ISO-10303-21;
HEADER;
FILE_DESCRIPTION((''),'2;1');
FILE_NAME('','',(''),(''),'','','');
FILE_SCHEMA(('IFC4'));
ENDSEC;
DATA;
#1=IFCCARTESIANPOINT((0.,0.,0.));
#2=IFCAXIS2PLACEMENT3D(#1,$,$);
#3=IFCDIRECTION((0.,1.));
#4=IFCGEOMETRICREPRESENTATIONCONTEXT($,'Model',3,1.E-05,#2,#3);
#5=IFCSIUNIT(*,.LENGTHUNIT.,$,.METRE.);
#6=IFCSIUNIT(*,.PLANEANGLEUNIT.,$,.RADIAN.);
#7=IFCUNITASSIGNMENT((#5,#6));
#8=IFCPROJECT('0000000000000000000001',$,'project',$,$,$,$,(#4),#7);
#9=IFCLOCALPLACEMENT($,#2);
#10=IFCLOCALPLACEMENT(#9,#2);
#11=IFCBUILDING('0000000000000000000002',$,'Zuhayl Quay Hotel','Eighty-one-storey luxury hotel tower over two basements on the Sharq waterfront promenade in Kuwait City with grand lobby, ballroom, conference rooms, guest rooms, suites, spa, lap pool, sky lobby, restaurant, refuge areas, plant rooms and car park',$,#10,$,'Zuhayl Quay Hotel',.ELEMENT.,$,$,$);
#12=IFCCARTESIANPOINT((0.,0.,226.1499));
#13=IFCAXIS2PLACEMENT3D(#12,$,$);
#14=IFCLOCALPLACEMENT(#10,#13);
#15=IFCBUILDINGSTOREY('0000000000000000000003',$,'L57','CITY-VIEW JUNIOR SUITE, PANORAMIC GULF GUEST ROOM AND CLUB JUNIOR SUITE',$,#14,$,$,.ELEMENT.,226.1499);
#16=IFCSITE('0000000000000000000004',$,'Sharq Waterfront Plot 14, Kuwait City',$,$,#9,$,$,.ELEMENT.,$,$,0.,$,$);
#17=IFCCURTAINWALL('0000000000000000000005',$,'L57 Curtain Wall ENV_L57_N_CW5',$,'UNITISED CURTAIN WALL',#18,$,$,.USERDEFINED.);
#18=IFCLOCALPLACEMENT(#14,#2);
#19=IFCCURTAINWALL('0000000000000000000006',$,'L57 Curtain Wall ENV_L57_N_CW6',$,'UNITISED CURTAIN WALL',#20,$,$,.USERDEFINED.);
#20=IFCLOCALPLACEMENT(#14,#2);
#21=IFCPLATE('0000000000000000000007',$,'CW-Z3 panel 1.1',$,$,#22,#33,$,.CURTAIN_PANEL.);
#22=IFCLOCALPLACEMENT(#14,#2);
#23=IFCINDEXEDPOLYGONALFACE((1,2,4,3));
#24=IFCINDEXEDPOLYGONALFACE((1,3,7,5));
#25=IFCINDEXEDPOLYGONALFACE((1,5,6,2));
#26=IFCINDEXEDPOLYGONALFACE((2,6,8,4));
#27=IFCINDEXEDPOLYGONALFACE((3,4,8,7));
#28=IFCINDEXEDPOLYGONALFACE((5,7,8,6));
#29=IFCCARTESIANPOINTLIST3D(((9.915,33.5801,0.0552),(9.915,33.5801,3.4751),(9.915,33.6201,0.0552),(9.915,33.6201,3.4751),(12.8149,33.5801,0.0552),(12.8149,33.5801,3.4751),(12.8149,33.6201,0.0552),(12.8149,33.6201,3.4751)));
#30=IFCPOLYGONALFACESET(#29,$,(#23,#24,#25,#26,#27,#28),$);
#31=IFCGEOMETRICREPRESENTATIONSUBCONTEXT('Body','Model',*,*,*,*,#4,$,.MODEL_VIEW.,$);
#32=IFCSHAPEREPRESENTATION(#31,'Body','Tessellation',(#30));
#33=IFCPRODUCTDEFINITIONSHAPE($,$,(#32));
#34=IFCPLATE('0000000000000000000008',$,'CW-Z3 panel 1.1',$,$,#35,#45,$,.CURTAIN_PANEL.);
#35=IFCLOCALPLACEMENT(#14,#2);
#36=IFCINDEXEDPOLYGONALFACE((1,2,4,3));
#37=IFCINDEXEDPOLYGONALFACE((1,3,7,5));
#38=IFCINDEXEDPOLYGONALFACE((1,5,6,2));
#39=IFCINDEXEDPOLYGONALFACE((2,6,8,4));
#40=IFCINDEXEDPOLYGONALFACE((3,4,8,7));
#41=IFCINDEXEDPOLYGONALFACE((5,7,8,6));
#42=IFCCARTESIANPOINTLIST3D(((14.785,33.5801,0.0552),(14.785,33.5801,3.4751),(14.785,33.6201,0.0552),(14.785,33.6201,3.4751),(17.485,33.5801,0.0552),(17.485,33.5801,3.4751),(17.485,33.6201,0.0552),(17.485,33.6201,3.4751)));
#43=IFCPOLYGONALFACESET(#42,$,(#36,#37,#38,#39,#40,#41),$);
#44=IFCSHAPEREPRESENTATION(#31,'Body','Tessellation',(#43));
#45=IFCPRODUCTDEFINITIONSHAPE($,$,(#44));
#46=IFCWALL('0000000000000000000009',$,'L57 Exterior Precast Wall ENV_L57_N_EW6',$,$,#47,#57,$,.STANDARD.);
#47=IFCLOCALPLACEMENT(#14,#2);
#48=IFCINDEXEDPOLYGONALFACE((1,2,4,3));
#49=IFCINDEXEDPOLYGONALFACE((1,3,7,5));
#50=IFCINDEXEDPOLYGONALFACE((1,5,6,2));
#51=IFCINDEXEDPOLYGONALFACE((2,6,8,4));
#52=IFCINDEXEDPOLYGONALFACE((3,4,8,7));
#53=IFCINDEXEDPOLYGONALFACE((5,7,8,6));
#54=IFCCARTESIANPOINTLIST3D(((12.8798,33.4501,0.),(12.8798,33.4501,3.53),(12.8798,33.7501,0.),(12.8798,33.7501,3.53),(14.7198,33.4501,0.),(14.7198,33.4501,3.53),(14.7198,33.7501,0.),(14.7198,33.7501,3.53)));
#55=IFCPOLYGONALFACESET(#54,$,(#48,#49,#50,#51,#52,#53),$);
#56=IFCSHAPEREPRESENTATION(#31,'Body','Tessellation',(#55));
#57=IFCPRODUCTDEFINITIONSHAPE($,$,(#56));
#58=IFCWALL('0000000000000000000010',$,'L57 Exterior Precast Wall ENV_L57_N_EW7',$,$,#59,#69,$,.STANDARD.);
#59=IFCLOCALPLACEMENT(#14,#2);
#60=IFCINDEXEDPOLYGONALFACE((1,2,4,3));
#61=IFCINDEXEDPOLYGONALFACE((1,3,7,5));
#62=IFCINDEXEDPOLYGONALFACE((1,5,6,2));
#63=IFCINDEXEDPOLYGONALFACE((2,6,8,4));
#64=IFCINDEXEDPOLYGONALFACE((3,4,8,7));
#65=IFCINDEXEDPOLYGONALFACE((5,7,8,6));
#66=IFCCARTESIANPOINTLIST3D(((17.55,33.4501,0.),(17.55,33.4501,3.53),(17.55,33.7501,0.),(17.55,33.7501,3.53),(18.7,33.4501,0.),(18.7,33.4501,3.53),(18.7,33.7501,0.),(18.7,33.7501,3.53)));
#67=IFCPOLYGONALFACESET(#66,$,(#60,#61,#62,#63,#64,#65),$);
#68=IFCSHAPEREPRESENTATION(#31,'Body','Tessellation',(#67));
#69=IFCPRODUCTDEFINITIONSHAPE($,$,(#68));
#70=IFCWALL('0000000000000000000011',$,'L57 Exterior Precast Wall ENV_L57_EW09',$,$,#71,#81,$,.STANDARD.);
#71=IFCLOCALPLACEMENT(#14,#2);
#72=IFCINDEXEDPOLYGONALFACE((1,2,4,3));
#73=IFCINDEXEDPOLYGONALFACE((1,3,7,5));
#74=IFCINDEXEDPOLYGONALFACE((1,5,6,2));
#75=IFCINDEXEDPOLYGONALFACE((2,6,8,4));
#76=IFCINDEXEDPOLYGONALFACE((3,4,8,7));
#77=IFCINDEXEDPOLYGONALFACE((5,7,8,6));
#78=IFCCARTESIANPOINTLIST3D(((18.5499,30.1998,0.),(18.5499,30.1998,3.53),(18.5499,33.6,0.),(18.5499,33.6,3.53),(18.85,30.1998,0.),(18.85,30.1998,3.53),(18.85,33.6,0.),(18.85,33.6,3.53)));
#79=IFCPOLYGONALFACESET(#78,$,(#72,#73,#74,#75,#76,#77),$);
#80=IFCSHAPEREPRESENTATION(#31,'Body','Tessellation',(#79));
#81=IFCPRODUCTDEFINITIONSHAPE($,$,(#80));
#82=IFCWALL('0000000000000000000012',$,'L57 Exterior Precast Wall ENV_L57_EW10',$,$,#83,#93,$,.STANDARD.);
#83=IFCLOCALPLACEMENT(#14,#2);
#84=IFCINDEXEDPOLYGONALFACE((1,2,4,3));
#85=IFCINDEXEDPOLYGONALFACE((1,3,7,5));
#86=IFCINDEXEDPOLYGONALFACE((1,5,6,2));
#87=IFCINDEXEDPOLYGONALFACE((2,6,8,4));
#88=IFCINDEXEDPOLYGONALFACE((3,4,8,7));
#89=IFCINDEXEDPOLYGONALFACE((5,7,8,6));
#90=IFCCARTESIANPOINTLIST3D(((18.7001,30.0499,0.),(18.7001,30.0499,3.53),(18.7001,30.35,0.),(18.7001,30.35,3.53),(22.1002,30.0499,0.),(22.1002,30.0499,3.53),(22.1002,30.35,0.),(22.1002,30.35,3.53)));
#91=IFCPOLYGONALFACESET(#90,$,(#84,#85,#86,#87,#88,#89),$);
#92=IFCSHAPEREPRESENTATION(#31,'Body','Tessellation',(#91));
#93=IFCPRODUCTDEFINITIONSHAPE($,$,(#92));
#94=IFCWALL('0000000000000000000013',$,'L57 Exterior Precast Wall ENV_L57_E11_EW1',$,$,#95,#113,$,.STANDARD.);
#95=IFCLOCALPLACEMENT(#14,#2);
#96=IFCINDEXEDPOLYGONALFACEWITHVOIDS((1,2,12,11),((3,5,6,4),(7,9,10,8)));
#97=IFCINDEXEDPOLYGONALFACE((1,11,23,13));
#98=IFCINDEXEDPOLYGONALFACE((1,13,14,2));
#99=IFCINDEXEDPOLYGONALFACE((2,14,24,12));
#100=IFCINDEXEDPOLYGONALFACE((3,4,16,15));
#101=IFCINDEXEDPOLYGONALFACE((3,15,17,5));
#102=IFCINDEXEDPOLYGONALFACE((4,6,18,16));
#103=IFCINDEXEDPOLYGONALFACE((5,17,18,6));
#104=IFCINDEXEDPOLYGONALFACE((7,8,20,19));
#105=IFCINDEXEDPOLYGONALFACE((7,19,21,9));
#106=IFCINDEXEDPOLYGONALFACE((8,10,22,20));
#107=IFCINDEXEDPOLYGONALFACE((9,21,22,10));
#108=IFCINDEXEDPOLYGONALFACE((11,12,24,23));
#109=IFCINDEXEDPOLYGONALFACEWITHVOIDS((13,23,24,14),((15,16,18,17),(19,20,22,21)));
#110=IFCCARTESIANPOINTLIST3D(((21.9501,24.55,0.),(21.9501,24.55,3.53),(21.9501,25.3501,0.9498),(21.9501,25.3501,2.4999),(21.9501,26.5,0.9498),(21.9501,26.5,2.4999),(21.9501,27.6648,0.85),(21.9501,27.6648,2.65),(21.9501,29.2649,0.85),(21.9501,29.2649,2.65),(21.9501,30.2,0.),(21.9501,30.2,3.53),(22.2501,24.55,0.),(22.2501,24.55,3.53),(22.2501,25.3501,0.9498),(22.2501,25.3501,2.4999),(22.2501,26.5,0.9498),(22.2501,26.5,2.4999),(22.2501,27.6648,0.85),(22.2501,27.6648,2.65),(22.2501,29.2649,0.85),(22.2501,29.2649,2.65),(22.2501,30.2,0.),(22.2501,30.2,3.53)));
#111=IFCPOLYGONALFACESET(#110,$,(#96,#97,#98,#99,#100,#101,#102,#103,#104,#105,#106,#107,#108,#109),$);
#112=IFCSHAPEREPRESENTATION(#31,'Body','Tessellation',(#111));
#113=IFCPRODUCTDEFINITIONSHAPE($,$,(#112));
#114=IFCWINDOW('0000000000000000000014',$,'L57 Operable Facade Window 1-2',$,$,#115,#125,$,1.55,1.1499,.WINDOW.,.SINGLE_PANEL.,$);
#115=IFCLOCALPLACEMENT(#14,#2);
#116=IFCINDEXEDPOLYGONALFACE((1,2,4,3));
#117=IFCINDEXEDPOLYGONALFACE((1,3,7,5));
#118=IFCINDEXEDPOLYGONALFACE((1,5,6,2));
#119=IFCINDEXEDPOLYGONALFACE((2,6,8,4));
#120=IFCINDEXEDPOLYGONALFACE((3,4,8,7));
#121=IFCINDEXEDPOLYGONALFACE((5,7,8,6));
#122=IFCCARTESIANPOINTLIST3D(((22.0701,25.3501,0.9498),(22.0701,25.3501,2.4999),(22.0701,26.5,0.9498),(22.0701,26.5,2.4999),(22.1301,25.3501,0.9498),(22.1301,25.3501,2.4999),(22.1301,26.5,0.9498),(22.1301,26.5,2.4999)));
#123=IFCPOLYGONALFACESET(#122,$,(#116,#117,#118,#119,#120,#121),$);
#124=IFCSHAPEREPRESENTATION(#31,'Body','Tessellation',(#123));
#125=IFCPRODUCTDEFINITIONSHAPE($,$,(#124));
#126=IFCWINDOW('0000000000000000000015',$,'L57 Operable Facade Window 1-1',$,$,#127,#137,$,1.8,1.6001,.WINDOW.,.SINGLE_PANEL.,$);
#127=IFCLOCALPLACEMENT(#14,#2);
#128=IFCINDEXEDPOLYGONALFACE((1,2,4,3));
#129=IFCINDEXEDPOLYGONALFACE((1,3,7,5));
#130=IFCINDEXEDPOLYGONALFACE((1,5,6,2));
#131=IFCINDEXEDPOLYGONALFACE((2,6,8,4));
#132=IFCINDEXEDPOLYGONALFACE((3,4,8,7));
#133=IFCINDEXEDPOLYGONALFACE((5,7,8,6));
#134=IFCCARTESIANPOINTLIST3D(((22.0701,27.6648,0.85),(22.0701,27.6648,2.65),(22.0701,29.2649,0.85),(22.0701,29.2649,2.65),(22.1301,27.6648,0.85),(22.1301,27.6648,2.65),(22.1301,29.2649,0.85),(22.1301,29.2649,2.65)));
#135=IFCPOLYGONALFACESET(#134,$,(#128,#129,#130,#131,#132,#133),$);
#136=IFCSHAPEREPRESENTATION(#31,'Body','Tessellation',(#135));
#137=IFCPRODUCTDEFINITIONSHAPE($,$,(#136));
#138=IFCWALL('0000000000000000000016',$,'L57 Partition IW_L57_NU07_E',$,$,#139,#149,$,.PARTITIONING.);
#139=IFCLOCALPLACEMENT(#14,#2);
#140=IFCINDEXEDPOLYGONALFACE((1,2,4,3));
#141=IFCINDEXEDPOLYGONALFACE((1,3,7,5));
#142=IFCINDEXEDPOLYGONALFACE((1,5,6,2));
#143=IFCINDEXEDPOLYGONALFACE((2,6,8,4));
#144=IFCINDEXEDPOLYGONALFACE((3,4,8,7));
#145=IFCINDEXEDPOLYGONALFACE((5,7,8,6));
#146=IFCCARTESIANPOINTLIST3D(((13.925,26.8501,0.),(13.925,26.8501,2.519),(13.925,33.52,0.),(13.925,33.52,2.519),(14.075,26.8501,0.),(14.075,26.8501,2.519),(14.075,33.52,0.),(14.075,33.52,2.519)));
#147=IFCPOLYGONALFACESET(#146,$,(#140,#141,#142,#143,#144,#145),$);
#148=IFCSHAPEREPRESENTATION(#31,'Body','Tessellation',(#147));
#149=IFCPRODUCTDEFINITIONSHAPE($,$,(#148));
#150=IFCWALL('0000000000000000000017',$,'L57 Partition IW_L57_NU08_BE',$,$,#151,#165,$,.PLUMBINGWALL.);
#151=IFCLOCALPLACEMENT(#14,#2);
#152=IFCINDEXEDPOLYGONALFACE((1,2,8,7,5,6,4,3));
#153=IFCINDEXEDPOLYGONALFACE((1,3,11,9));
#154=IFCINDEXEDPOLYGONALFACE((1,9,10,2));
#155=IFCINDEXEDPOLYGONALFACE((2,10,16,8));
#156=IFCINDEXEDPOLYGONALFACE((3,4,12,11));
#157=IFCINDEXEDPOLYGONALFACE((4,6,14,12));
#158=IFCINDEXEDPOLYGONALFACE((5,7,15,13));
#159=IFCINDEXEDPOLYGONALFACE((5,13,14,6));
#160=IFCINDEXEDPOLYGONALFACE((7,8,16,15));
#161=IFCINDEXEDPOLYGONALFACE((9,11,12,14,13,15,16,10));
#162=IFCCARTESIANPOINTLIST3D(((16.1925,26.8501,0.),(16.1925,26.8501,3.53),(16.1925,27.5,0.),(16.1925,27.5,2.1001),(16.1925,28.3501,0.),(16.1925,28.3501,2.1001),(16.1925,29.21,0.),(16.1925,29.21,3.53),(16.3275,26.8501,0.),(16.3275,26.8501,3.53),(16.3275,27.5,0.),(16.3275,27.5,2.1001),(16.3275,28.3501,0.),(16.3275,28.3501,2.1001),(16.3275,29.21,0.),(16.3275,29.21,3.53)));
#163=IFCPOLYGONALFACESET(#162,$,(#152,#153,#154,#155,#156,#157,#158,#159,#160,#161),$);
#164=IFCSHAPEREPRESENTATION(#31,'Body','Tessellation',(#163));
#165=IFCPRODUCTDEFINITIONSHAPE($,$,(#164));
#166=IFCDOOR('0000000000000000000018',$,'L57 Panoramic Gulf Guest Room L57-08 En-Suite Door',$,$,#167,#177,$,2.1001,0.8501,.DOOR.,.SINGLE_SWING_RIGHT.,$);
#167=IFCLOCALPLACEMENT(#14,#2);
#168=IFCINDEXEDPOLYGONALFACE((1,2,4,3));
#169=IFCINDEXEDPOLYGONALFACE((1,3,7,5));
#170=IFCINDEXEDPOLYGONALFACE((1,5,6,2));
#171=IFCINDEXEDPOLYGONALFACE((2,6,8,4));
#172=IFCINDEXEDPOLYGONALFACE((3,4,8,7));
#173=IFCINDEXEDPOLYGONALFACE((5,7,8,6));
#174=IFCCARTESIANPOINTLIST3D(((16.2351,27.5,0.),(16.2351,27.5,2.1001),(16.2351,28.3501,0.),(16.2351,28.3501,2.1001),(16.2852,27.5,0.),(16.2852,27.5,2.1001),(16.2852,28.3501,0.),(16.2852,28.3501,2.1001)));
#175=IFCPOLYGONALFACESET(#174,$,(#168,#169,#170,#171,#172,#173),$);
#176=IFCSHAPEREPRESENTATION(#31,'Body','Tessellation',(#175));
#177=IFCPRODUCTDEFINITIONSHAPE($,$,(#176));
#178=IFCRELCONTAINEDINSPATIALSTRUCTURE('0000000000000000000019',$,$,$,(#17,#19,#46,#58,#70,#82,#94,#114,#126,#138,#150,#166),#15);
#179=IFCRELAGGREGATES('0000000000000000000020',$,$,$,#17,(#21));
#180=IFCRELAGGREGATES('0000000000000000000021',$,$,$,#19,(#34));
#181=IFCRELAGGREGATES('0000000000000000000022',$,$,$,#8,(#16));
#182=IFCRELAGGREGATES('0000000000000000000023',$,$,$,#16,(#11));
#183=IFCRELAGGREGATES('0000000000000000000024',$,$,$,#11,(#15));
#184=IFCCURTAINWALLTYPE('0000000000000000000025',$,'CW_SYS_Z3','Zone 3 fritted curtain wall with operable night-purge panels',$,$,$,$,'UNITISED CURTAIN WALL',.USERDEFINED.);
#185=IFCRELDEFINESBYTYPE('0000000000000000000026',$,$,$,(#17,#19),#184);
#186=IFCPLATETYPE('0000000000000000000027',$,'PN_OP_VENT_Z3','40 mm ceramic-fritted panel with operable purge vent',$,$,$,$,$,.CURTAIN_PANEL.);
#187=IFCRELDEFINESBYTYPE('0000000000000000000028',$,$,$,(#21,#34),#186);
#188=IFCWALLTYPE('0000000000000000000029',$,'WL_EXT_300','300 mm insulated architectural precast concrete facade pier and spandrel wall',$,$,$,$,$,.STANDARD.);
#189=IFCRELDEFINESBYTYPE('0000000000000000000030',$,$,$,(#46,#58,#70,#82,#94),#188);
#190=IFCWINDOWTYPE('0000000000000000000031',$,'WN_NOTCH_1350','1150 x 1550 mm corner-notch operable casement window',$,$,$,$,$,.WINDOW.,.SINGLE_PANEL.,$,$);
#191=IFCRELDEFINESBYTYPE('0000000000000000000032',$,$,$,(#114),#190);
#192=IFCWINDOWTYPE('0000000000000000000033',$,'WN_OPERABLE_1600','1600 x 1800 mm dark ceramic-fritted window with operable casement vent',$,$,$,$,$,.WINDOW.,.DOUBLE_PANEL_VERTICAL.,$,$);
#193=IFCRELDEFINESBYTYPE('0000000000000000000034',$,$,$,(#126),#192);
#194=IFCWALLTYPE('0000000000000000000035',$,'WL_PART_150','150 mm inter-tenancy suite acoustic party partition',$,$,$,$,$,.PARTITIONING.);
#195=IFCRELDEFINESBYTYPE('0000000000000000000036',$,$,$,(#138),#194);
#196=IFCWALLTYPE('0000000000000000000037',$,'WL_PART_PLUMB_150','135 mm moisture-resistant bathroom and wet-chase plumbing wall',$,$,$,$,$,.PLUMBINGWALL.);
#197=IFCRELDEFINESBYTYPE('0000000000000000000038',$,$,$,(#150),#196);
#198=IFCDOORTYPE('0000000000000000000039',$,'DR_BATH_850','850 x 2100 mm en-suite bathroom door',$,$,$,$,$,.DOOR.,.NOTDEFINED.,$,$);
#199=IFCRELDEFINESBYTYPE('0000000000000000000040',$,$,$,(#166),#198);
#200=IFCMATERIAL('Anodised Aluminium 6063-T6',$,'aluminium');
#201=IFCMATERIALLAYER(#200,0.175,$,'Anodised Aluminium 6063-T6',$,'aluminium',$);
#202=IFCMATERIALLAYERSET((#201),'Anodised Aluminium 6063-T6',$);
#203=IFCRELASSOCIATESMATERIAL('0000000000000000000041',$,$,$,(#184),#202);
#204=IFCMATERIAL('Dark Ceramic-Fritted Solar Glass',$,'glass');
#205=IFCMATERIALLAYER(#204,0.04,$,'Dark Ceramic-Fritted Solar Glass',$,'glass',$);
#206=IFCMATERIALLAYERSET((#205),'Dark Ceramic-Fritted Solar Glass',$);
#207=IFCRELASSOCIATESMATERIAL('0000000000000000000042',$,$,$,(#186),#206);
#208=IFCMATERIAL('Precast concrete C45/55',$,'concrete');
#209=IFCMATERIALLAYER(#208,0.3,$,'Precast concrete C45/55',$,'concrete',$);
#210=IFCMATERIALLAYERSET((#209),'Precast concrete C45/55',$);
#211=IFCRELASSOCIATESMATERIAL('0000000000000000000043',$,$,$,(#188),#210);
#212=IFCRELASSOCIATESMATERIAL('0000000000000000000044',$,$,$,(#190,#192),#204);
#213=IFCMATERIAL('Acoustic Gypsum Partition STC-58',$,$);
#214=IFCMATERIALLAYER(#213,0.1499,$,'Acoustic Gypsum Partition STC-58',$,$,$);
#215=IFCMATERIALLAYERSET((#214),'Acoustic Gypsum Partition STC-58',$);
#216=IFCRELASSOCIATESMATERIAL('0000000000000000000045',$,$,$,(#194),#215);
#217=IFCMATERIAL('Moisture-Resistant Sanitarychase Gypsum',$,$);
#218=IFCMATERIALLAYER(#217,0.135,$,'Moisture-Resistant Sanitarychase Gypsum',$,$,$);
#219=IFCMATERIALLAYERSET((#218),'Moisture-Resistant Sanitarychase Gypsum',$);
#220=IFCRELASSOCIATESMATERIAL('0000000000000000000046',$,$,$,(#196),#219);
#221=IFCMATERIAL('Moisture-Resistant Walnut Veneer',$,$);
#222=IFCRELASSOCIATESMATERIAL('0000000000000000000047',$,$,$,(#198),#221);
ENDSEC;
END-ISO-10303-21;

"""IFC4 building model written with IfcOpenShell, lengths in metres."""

from ifc_helpers import new_model, si_unit, direction, frame, frame_2d, origin, origin_2d, place, context, subcontext, project, spatial, rectangle, extrude, material, layer, layer_set, type_object, element, fill, aggregate, save


model = new_model("IFC4")

# Units and contexts
model_context = context("Model", 3, precision=1e-05, world=origin(), true_north=direction((0.0, 1.0)))
body_context = subcontext(model_context, "Body", "Model", "MODEL_VIEW")
ifc_project = project(units=[si_unit("LENGTHUNIT", "METRE"), si_unit("PLANEANGLEUNIT", "RADIAN")], contexts=[model_context])

# Site, building, storey
site_placement = place(None, origin())
site = spatial("IfcSite", under=ifc_project, at=site_placement, Name="Sharq Waterfront Plot 14, Kuwait City", CompositionType="ELEMENT", RefElevation=0.0)
building_placement = place(site_placement, origin())
building = spatial("IfcBuilding", under=site, at=building_placement, Name="Zuhayl Quay Hotel", Description="Eighty-one-storey luxury hotel tower over two basements on the Sharq waterfront promenade in Kuwait City with grand lobby, ballroom, conference rooms, guest rooms, suites, spa, lap pool, sky lobby, restaurant, refuge areas, plant rooms and car park", LongName="Zuhayl Quay Hotel", CompositionType="ELEMENT")
storey_placement = place(building_placement, frame((0.0, 0.0, 226.1499)))
storey = spatial("IfcBuildingStorey", under=building, at=storey_placement, Name="L57", Description="CITY-VIEW JUNIOR SUITE, PANORAMIC GULF GUEST ROOM AND CLUB JUNIOR SUITE", CompositionType="ELEMENT", Elevation=226.1499)

# Curtain walls
ifc_material_1 = material(Name="Anodised Aluminium 6063-T6", Category="aluminium")
ifc_layer_1 = layer(ifc_material_1, 0.175, Name="Anodised Aluminium 6063-T6", Category="aluminium")
ifc_layer_set_1 = layer_set([ifc_layer_1], Name="Anodised Aluminium 6063-T6")
curtain_wall_type = type_object("IfcCurtainWallType", Name="CW_SYS_Z3", Description="Zone 3 fritted curtain wall with operable night-purge panels", ElementType="UNITISED CURTAIN WALL", PredefinedType="USERDEFINED", material=ifc_layer_set_1)
curtain_wall_1_placement = place(storey_placement, origin())
curtain_wall_1 = element("IfcCurtainWall", 1, at=curtain_wall_1_placement, inside=storey, type_object=curtain_wall_type, Name="L57 Curtain Wall ENV_L57_N_CW5", ObjectType="UNITISED CURTAIN WALL", PredefinedType="USERDEFINED")
curtain_wall_2_placement = place(storey_placement, origin())
curtain_wall_2 = element("IfcCurtainWall", 2, at=curtain_wall_2_placement, inside=storey, type_object=curtain_wall_type, Name="L57 Curtain Wall ENV_L57_N_CW6", ObjectType="UNITISED CURTAIN WALL", PredefinedType="USERDEFINED")

# Plates
ifc_material_2 = material(Name="Dark Ceramic-Fritted Solar Glass", Category="glass")
ifc_layer_2 = layer(ifc_material_2, 0.04, Name="Dark Ceramic-Fritted Solar Glass", Category="glass")
ifc_layer_set_2 = layer_set([ifc_layer_2], Name="Dark Ceramic-Fritted Solar Glass")
plate_type = type_object("IfcPlateType", Name="PN_OP_VENT_Z3", Description="40 mm ceramic-fritted panel with operable purge vent", PredefinedType="CURTAIN_PANEL", material=ifc_layer_set_2)
plate_1_placement = place(storey_placement, frame((11.365, 33.6001, 0.0552), z_axis=(0.0, 0.0, 1.0), x_axis=(1.0, 0.0, 0.0)))
plate_1 = element("IfcPlate", 3, at=plate_1_placement, type_object=plate_type, Name="CW-Z3 panel 1.1", PredefinedType="CURTAIN_PANEL", context=body_context, shape_type="SweptSolid", body=[
    extrude(rectangle(XDim=2.8999, YDim=0.04, at=origin_2d()), origin(), (0.0, 0.0, 1.0), 3.4199),
])
aggregate(curtain_wall_1, [plate_1])
plate_2_placement = place(storey_placement, frame((16.135, 33.6001, 0.0552), z_axis=(0.0, 0.0, 1.0), x_axis=(1.0, 0.0, 0.0)))
plate_2 = element("IfcPlate", 4, at=plate_2_placement, type_object=plate_type, Name="CW-Z3 panel 1.1", PredefinedType="CURTAIN_PANEL", context=body_context, shape_type="SweptSolid", body=[
    extrude(rectangle(XDim=2.7, YDim=0.04, at=origin_2d()), origin(), (0.0, 0.0, 1.0), 3.4199),
])
aggregate(curtain_wall_2, [plate_2])

# Walls
ifc_material_3 = material(Name="Precast concrete C45/55", Category="concrete")
ifc_layer_3 = layer(ifc_material_3, 0.3, Name="Precast concrete C45/55", Category="concrete")
ifc_layer_set_3 = layer_set([ifc_layer_3], Name="Precast concrete C45/55")
wall_type_1 = type_object("IfcWallType", Name="WL_EXT_300", Description="300 mm insulated architectural precast concrete facade pier and spandrel wall", PredefinedType="STANDARD", material=ifc_layer_set_3)
wall_1_placement = place(storey_placement, frame((12.8799, 33.6001, 0.0), z_axis=(0.0, 0.0, 1.0), x_axis=(1.0, 0.0, 0.0)))
element("IfcWall", 5, at=wall_1_placement, inside=storey, type_object=wall_type_1, Name="L57 Exterior Precast Wall ENV_L57_N_EW6", PredefinedType="STANDARD", context=body_context, shape_type="SweptSolid", body=[
    extrude(rectangle(XDim=1.8401, YDim=0.3, at=frame_2d((0.9199, 0.0))), origin(), (0.0, 0.0, 1.0), 3.53),
])
wall_2_placement = place(storey_placement, frame((17.55, 33.6001, 0.0), z_axis=(0.0, 0.0, 1.0), x_axis=(1.0, 0.0, 0.0)))
element("IfcWall", 6, at=wall_2_placement, inside=storey, type_object=wall_type_1, Name="L57 Exterior Precast Wall ENV_L57_N_EW7", PredefinedType="STANDARD", context=body_context, shape_type="SweptSolid", body=[
    extrude(rectangle(XDim=1.1499, YDim=0.3, at=frame_2d((0.575, 0.0))), origin(), (0.0, 0.0, 1.0), 3.53),
])
for number, where, z_axis, x_axis, name in (
    (7, (18.7, 33.6001, 0.0), (0.0, 0.0, 1.0), (0.0, -1.0, 0.0), "L57 Exterior Precast Wall ENV_L57_EW09"),
    (8, (18.7, 30.2, 0.0), (0.0, 0.0, 1.0), (1.0, 0.0, 0.0), "L57 Exterior Precast Wall ENV_L57_EW10"),
):
    element("IfcWall", number, at=place(storey_placement, frame(where, z_axis=z_axis, x_axis=x_axis)), inside=storey, type_object=wall_type_1, Name=name, PredefinedType="STANDARD", context=body_context, shape_type="SweptSolid", body=[
        extrude(rectangle(XDim=3.4001, YDim=0.3, at=frame_2d((1.7002, 0.0))), origin(), (0.0, 0.0, 1.0), 3.53),
    ])

# Wall, openings, windows
wall_3_placement = place(storey_placement, frame((22.1001, 30.2, 0.0), z_axis=(0.0, 0.0, 1.0), x_axis=(0.0, -1.0, 0.0)))
wall_3 = element("IfcWall", 9, at=wall_3_placement, inside=storey, type_object=wall_type_1, Name="L57 Exterior Precast Wall ENV_L57_E11_EW1", PredefinedType="STANDARD", context=body_context, shape_type="SweptSolid", body=[
    extrude(rectangle(XDim=5.6499, YDim=0.3, at=frame_2d((2.825, 0.0))), origin(), (0.0, 0.0, 1.0), 3.53),
])
opening_1_placement = place(wall_3_placement, frame((0.9351, 0.0, 0.8501)))
opening_1 = element("IfcOpeningElement", 10, at=opening_1_placement, cuts=wall_3, PredefinedType="OPENING", context=body_context, shape_type="SweptSolid", body=[
    extrude(rectangle(XDim=1.6001, YDim=1.8, at=frame_2d((0.8, 0.8999))), frame((0.0, 0.1599, 0.0), z_axis=(0.0, -1.0, 0.0), x_axis=(1.0, 0.0, 0.0)), (0.0, 0.0, 1.0), 0.3201),
])
opening_2_placement = place(wall_3_placement, frame((3.7, 0.0, 0.95)))
opening_2 = element("IfcOpeningElement", 11, at=opening_2_placement, cuts=wall_3, PredefinedType="OPENING", context=body_context, shape_type="SweptSolid", body=[
    extrude(rectangle(XDim=1.1499, YDim=1.55, at=frame_2d((0.575, 0.7749))), frame((0.0, 0.1599, 0.0), z_axis=(0.0, -1.0, 0.0), x_axis=(1.0, 0.0, 0.0)), (0.0, 0.0, 1.0), 0.3201),
])
window_type_1 = type_object("IfcWindowType", Name="WN_NOTCH_1350", Description="1150 x 1550 mm corner-notch operable casement window", PartitioningType="SINGLE_PANEL", PredefinedType="WINDOW", material=ifc_material_2)
window_1_placement = place(opening_2_placement, origin())
window_1 = element("IfcWindow", 12, at=window_1_placement, inside=storey, type_object=window_type_1, Name="L57 Operable Facade Window 1-2", OverallHeight=1.55, OverallWidth=1.1499, PartitioningType="SINGLE_PANEL", PredefinedType="WINDOW", context=body_context, shape_type="SweptSolid", body=[
    extrude(rectangle(XDim=1.1499, YDim=1.55, at=frame_2d((0.575, 0.7749))), frame((0.0, 0.03, 0.0), z_axis=(0.0, -1.0, 0.0), x_axis=(1.0, 0.0, 0.0)), (0.0, 0.0, 1.0), 0.0601),
])
fill(opening_2, window_1)
window_type_2 = type_object("IfcWindowType", Name="WN_OPERABLE_1600", Description="1600 x 1800 mm dark ceramic-fritted window with operable casement vent", PartitioningType="DOUBLE_PANEL_VERTICAL", PredefinedType="WINDOW", material=ifc_material_2)
window_2_placement = place(opening_1_placement, origin())
window_2 = element("IfcWindow", 13, at=window_2_placement, inside=storey, type_object=window_type_2, Name="L57 Operable Facade Window 1-1", OverallHeight=1.8, OverallWidth=1.6001, PartitioningType="SINGLE_PANEL", PredefinedType="WINDOW", context=body_context, shape_type="SweptSolid", body=[
    extrude(rectangle(XDim=1.6001, YDim=1.8, at=frame_2d((0.8, 0.8999))), frame((0.0, 0.03, 0.0), z_axis=(0.0, -1.0, 0.0), x_axis=(1.0, 0.0, 0.0)), (0.0, 0.0, 1.0), 0.0601),
])
fill(opening_1, window_2)

# Wall
ifc_material_4 = material(Name="Acoustic Gypsum Partition STC-58")
ifc_layer_4 = layer(ifc_material_4, 0.1499, Name="Acoustic Gypsum Partition STC-58")
ifc_layer_set_4 = layer_set([ifc_layer_4], Name="Acoustic Gypsum Partition STC-58")
wall_type_2 = type_object("IfcWallType", Name="WL_PART_150", Description="150 mm inter-tenancy suite acoustic party partition", PredefinedType="PARTITIONING", material=ifc_layer_set_4)
wall_4_placement = place(storey_placement, frame((14.0, 26.8501, 0.0), z_axis=(0.0, 0.0, 1.0), x_axis=(0.0, 1.0, 0.0)))
element("IfcWall", 14, at=wall_4_placement, inside=storey, type_object=wall_type_2, Name="L57 Partition IW_L57_NU07_E", PredefinedType="PARTITIONING", context=body_context, shape_type="SweptSolid", body=[
    extrude(rectangle(XDim=6.6699, YDim=0.1499, at=frame_2d((3.335, 0.0))), origin(), (0.0, 0.0, 1.0), 2.519),
])

# Wall, opening, door
ifc_material_5 = material(Name="Moisture-Resistant Sanitarychase Gypsum")
ifc_layer_5 = layer(ifc_material_5, 0.135, Name="Moisture-Resistant Sanitarychase Gypsum")
ifc_layer_set_5 = layer_set([ifc_layer_5], Name="Moisture-Resistant Sanitarychase Gypsum")
wall_type_3 = type_object("IfcWallType", Name="WL_PART_PLUMB_150", Description="135 mm moisture-resistant bathroom and wet-chase plumbing wall", PredefinedType="PLUMBINGWALL", material=ifc_layer_set_5)
wall_5_placement = place(storey_placement, frame((16.26, 26.8501, 0.0), z_axis=(0.0, 0.0, 1.0), x_axis=(0.0, 1.0, 0.0)))
wall_5 = element("IfcWall", 15, at=wall_5_placement, inside=storey, type_object=wall_type_3, Name="L57 Partition IW_L57_NU08_BE", PredefinedType="PLUMBINGWALL", context=body_context, shape_type="SweptSolid", body=[
    extrude(rectangle(XDim=2.3599, YDim=0.135, at=frame_2d((1.1799, 0.0))), origin(), (0.0, 0.0, 1.0), 3.53),
])
opening_3_placement = place(wall_5_placement, frame((0.6499, 0.0, 0.0)))
opening_3 = element("IfcOpeningElement", 16, at=opening_3_placement, cuts=wall_5, PredefinedType="OPENING", context=body_context, shape_type="SweptSolid", body=[
    extrude(rectangle(XDim=0.8501, YDim=2.1001, at=frame_2d((0.425, 1.05))), frame((0.0, 0.0774, 0.0), z_axis=(0.0, -1.0, 0.0), x_axis=(1.0, 0.0, 0.0)), (0.0, 0.0, 1.0), 0.155),
])
ifc_material_6 = material(Name="Moisture-Resistant Walnut Veneer")
door_type = type_object("IfcDoorType", Name="DR_BATH_850", Description="850 x 2100 mm en-suite bathroom door", OperationType="NOTDEFINED", PredefinedType="DOOR", material=ifc_material_6)
door_placement = place(opening_3_placement, origin())
door = element("IfcDoor", 17, at=door_placement, inside=storey, type_object=door_type, Name="L57 Panoramic Gulf Guest Room L57-08 En-Suite Door", OperationType="SINGLE_SWING_RIGHT", OverallHeight=2.1001, OverallWidth=0.8501, PredefinedType="DOOR", context=body_context, shape_type="SweptSolid", body=[
    extrude(rectangle(XDim=0.8501, YDim=2.1001, at=frame_2d((0.425, 1.05))), frame((0.0, 0.0249, 0.0), z_axis=(0.0, -1.0, 0.0), x_axis=(1.0, 0.0, 0.0)), (0.0, 0.0, 1.0), 0.05),
])
fill(opening_3, door)

save(model, "model.ifc")
